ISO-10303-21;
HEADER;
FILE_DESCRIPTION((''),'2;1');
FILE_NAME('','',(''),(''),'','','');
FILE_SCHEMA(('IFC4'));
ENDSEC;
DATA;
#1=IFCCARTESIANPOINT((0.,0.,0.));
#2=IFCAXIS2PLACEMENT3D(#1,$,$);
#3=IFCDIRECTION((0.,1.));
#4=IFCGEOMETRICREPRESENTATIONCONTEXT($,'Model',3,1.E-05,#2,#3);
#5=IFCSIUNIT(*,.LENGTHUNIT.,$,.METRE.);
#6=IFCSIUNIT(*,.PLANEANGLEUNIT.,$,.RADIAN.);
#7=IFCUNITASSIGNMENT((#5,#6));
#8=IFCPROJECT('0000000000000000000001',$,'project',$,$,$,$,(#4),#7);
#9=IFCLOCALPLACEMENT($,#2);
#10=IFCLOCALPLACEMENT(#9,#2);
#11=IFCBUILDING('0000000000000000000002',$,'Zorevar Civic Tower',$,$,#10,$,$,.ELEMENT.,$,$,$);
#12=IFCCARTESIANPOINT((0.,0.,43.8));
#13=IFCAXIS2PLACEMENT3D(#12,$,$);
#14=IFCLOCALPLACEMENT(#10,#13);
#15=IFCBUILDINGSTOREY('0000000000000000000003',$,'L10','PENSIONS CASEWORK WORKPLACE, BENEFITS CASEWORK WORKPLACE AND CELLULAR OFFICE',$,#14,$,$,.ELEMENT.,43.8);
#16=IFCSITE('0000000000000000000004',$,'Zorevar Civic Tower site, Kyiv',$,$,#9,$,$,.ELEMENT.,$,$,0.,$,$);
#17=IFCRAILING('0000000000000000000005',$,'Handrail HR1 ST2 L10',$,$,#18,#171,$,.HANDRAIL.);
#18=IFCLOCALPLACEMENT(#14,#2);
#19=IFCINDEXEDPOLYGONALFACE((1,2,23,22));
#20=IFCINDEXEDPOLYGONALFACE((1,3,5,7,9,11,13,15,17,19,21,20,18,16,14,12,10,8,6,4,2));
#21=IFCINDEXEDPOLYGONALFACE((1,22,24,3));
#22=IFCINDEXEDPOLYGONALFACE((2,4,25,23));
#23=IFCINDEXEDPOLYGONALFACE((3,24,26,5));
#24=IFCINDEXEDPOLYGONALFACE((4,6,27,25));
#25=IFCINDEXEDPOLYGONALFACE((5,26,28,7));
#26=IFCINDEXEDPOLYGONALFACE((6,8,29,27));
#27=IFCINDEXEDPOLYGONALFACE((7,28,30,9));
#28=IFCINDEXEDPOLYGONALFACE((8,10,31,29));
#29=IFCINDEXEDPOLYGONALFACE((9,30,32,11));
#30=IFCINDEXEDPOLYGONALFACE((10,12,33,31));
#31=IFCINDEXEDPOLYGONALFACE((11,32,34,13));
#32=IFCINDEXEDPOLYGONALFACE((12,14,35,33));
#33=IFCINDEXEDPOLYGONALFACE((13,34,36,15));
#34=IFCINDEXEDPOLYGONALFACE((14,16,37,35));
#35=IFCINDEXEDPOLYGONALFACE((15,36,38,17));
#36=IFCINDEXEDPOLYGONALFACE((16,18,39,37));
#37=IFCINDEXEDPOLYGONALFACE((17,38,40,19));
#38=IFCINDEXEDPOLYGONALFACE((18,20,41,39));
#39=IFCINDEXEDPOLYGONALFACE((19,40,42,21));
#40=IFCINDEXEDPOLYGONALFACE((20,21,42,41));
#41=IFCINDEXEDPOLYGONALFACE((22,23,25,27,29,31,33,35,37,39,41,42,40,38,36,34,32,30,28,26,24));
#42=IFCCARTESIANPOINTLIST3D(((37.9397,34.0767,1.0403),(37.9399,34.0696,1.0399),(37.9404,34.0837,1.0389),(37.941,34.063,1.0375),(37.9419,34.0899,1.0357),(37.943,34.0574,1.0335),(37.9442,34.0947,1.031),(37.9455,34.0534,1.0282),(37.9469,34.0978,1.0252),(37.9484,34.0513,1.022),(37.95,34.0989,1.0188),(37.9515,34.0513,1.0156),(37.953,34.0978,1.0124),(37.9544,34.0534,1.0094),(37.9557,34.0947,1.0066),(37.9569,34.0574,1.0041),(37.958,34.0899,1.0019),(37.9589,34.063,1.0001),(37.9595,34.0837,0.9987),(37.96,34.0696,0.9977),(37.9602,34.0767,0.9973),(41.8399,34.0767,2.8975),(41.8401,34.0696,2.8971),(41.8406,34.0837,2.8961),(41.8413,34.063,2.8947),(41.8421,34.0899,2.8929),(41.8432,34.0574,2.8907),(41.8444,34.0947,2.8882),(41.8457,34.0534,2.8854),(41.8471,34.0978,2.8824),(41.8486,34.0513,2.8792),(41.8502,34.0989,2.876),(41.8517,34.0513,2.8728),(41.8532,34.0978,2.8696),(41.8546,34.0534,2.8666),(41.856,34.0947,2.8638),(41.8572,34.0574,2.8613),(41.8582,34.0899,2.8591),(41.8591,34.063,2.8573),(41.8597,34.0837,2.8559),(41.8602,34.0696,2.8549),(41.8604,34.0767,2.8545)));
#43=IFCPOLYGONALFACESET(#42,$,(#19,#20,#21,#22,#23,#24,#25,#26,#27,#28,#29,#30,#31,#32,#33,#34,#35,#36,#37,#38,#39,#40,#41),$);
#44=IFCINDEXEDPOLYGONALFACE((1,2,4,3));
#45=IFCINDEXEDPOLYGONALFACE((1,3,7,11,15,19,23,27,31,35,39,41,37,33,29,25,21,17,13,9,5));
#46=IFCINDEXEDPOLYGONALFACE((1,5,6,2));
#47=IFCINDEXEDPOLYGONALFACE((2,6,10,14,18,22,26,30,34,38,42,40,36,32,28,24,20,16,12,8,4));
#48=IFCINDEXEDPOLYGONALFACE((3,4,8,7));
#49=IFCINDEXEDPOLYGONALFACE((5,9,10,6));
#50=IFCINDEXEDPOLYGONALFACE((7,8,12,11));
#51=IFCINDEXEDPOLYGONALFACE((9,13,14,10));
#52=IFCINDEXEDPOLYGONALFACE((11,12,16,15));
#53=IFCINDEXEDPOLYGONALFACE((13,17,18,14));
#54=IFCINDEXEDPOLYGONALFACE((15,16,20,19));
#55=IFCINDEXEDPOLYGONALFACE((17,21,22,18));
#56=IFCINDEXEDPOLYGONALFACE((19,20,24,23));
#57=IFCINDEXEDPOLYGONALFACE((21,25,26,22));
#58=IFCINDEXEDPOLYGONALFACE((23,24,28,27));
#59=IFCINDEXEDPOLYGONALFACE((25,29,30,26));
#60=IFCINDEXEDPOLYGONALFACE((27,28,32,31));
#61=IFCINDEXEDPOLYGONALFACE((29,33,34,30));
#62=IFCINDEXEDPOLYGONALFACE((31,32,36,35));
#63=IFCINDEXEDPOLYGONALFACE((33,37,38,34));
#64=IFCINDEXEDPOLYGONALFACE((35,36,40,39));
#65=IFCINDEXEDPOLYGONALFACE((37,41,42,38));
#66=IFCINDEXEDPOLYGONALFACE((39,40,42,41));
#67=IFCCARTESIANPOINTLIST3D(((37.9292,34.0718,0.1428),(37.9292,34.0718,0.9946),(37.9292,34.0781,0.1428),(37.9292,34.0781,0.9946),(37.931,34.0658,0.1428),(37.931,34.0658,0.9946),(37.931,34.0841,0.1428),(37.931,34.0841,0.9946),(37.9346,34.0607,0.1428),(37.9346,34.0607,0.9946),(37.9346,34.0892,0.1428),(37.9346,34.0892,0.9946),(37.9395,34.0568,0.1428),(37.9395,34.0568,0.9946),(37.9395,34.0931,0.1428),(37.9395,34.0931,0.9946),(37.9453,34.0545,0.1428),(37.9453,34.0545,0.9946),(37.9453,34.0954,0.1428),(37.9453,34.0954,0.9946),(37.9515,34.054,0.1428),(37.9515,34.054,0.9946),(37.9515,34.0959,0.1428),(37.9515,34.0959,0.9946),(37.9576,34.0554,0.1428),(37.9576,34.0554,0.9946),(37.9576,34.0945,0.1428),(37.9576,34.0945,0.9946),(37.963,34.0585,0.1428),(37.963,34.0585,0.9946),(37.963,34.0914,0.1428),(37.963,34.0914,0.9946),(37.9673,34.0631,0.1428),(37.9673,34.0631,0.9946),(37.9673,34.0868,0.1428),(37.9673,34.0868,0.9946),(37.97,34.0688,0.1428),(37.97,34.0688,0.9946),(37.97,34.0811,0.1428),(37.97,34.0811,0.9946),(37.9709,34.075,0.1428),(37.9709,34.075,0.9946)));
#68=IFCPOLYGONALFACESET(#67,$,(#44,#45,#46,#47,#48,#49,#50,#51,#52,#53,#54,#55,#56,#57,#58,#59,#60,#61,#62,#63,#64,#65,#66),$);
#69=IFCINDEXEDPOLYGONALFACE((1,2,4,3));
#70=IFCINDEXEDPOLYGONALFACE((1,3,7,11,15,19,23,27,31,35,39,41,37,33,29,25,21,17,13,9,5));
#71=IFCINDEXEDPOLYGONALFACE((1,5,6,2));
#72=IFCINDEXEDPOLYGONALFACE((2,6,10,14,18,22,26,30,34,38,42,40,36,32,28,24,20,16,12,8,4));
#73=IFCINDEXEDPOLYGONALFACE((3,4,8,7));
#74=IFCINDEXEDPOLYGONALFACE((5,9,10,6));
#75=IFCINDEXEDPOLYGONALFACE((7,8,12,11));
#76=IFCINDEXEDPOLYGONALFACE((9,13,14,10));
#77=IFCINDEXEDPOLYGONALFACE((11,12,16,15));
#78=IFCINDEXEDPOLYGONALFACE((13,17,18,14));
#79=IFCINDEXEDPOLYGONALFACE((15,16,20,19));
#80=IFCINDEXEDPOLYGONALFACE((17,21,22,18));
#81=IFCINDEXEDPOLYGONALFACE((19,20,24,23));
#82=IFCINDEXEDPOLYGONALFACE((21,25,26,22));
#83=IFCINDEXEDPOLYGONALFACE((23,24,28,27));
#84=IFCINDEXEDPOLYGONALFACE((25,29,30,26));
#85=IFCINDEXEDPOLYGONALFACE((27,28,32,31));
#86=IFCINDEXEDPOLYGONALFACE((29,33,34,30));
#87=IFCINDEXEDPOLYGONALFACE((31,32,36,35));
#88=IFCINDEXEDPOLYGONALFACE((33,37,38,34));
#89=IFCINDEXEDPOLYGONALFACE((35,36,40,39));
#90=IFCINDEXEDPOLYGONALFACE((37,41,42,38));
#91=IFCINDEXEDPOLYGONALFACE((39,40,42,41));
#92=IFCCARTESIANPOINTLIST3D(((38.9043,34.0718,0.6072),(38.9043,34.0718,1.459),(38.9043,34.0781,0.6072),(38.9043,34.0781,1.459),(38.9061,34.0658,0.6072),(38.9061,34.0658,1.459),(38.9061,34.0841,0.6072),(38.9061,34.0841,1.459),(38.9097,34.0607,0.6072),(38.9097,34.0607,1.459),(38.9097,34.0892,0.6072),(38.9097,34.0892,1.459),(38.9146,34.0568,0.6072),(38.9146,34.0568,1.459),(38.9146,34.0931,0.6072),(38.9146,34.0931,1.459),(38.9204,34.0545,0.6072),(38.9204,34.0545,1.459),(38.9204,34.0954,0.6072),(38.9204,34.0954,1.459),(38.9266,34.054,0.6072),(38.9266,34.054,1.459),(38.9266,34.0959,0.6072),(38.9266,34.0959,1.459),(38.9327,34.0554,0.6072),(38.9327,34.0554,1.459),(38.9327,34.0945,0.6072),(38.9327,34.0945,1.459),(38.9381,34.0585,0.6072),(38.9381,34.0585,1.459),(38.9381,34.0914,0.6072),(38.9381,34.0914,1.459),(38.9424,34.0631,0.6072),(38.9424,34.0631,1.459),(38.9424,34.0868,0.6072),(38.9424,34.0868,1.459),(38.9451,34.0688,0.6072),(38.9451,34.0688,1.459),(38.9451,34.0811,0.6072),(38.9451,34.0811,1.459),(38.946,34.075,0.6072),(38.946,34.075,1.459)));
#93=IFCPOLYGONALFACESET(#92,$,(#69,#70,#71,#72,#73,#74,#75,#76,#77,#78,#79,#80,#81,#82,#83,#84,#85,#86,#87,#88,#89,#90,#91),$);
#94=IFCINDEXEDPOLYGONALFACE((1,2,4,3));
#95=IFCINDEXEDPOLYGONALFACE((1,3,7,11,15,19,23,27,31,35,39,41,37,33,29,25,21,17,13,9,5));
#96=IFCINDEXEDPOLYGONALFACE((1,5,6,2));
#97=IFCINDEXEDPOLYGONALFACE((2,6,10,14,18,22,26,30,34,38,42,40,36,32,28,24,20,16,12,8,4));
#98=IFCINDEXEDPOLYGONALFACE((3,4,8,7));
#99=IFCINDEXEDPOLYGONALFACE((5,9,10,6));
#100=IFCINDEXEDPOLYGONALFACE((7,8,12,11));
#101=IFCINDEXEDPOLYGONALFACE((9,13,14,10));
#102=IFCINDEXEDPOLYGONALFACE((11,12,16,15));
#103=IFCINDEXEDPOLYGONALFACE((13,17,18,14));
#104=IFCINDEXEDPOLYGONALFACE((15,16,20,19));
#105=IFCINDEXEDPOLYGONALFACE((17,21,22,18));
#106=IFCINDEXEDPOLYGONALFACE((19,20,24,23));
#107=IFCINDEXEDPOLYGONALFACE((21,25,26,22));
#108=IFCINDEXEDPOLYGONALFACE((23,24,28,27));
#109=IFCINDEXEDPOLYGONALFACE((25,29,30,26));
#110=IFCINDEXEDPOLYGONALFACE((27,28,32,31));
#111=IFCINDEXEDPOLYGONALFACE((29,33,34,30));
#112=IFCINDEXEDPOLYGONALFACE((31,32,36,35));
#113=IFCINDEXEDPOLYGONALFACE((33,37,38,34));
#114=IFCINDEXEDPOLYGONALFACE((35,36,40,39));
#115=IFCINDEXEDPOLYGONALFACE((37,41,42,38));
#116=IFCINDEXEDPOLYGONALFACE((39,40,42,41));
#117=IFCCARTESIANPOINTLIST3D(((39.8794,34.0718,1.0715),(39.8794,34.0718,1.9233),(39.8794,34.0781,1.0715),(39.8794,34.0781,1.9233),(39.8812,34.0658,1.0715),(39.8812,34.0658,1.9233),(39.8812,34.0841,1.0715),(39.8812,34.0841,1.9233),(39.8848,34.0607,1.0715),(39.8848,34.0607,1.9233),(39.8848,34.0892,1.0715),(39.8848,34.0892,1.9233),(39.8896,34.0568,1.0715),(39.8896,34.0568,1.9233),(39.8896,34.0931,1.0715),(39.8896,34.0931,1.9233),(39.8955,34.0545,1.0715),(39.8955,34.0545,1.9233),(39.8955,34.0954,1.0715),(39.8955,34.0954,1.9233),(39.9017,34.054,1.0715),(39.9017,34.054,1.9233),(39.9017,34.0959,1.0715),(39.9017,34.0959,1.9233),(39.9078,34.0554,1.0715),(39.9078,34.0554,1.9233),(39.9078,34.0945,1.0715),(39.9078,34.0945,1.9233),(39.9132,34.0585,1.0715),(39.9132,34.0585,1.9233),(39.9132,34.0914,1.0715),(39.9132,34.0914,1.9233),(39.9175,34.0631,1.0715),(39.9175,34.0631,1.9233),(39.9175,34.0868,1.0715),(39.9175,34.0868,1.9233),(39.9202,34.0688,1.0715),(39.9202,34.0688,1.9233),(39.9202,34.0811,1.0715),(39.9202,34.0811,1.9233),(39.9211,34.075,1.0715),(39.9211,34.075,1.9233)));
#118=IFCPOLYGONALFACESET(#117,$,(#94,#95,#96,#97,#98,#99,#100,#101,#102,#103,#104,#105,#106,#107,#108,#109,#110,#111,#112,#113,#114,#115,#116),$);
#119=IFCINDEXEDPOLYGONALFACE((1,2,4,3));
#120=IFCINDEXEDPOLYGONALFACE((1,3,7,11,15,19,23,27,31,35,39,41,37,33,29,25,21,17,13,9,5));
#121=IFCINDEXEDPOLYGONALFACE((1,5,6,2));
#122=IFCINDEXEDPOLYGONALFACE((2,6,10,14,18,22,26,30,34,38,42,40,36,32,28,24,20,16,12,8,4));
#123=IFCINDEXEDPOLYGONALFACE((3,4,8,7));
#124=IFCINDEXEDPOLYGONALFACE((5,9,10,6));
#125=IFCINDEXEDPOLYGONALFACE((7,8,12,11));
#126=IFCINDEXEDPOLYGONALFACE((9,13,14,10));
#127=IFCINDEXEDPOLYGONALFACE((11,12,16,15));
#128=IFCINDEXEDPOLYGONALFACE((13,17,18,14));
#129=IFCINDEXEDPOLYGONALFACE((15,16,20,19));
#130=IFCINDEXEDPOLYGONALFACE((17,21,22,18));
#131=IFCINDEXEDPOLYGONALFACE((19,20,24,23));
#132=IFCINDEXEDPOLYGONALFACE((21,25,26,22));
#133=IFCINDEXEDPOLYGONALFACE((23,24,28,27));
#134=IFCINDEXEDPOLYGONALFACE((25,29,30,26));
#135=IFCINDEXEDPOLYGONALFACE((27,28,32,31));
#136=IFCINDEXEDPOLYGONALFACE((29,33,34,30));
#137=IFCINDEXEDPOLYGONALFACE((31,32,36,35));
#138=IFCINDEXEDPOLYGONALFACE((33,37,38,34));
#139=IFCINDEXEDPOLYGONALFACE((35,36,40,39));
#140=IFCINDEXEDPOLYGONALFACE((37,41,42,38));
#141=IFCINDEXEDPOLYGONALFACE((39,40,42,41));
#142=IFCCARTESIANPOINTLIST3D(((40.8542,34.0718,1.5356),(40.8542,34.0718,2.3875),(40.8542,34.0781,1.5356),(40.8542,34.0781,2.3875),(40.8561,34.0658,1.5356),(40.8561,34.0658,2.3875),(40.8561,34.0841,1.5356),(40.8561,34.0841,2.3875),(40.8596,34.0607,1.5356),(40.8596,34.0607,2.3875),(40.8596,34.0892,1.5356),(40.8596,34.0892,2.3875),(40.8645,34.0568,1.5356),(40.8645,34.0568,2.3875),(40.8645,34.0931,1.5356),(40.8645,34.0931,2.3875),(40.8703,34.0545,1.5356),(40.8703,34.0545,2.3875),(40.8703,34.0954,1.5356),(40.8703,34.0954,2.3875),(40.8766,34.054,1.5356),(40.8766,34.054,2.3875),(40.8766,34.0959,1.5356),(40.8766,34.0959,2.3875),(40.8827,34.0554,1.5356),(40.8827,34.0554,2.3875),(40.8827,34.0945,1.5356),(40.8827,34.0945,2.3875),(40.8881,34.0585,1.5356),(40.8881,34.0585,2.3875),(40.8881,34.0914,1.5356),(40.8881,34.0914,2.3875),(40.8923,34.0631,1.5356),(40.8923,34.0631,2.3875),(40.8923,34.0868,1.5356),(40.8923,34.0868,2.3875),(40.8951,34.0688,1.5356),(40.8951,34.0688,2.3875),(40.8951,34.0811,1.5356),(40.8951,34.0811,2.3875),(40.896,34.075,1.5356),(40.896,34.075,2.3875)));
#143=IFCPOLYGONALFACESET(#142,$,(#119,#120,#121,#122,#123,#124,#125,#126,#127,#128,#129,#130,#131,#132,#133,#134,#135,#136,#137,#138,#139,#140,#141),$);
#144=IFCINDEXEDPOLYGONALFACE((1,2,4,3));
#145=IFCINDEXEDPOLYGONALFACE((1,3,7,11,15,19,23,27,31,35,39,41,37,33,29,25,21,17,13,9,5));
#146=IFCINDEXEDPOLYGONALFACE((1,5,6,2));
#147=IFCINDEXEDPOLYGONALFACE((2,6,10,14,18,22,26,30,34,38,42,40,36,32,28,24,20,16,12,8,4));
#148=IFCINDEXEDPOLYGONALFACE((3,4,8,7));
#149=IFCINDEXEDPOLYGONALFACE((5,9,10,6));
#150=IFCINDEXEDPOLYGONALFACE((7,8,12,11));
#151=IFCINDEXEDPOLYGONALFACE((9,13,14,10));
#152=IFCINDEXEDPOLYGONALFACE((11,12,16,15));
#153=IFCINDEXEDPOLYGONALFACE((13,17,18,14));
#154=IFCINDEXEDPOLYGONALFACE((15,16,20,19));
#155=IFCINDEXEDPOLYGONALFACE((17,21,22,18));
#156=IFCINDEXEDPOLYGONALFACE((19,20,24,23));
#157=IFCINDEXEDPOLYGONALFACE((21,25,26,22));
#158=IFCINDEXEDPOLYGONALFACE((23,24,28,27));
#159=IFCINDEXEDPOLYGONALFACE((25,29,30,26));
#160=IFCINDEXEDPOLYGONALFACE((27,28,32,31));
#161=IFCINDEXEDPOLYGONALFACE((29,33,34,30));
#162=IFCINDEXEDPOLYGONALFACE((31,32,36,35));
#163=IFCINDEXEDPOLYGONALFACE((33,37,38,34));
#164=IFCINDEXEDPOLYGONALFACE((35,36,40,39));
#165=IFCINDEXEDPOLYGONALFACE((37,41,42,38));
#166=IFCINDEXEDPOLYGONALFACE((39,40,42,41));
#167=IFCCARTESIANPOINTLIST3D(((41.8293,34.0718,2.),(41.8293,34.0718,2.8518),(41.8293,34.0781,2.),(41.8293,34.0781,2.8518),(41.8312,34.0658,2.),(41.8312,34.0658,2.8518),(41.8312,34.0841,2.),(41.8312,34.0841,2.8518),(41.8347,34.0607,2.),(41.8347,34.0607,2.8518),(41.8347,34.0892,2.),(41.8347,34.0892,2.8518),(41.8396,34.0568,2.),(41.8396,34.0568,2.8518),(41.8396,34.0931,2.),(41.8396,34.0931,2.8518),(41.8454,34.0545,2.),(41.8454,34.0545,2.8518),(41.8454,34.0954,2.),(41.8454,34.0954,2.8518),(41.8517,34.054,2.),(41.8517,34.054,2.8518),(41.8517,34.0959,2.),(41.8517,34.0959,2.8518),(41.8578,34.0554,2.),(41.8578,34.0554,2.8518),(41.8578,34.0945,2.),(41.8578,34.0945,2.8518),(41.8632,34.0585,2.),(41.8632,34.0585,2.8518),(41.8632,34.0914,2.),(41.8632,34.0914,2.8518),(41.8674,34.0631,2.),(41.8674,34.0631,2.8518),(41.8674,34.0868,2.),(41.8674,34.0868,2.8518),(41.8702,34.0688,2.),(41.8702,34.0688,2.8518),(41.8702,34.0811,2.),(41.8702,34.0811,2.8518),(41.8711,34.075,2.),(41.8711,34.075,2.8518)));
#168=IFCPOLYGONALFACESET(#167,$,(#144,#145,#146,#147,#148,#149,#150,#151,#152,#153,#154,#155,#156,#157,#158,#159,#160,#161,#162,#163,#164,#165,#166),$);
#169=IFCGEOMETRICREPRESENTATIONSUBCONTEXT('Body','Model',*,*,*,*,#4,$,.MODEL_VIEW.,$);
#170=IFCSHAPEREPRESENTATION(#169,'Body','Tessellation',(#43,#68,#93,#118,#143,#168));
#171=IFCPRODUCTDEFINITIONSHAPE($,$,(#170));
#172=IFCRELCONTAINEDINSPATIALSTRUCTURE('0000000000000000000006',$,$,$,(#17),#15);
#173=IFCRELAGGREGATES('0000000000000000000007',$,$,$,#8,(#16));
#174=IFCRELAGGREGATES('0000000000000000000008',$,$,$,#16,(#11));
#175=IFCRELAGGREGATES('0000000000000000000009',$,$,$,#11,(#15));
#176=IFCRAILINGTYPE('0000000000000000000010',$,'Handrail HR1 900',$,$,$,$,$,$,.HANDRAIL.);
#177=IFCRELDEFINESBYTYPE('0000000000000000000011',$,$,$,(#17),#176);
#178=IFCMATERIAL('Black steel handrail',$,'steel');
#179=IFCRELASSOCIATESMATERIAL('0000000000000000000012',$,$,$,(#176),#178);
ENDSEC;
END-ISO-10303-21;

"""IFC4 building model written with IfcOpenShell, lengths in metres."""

from ifc_helpers import new_model, si_unit, direction, frame, origin, origin_2d, place, context, subcontext, project, spatial, circle, extrude, material, type_object, element, save


model = new_model("IFC4")

# Units and contexts
model_context = context("Model", 3, precision=1e-05, world=origin(), true_north=direction((0.0, 1.0)))
body_context = subcontext(model_context, "Body", "Model", "MODEL_VIEW")
ifc_project = project(units=[si_unit("LENGTHUNIT", "METRE"), si_unit("PLANEANGLEUNIT", "RADIAN")], contexts=[model_context])

# Site, building, storey
site_placement = place(None, origin())
site = spatial("IfcSite", under=ifc_project, at=site_placement, Name="Zorevar Civic Tower site, Kyiv", CompositionType="ELEMENT", RefElevation=0.0)
building_placement = place(site_placement, origin())
building = spatial("IfcBuilding", under=site, at=building_placement, Name="Zorevar Civic Tower", CompositionType="ELEMENT")
storey_placement = place(building_placement, frame((0.0, 0.0, 43.8)))
storey = spatial("IfcBuildingStorey", under=building, at=storey_placement, Name="L10", Description="PENSIONS CASEWORK WORKPLACE, BENEFITS CASEWORK WORKPLACE AND CELLULAR OFFICE", CompositionType="ELEMENT", Elevation=43.8)

# Railing
ifc_material_1 = material(Name="Black steel handrail", Category="steel")
railing_type = type_object("IfcRailingType", Name="Handrail HR1 900", PredefinedType="HANDRAIL", material=ifc_material_1)
railing_1_placement = place(storey_placement, frame((37.95, 34.075, 0.1428)))
element("IfcRailing", 1, at=railing_1_placement, inside=storey, type_object=railing_type, Name="Handrail HR1 ST2 L10", PredefinedType="HANDRAIL", context=body_context, shape_type="SweptSolid", body=[
    extrude(circle(Radius=0.0239, at=origin_2d()), frame((0.0, 0.0, 0.876), z_axis=(0.902864, 0.0, 0.429927), x_axis=(0.0, 1.0, 0.0)), (0.0, 0.0, 1.0), 4.3198),
    extrude(circle(Radius=0.021, at=origin_2d()), origin(), (0.0, 0.0, 1.0), 0.8518),
    extrude(circle(Radius=0.021, at=origin_2d()), frame((0.9751, 0.0, 0.4644)), (0.0, 0.0, 1.0), 0.8518),
    extrude(circle(Radius=0.021, at=origin_2d()), frame((1.9502, 0.0, 0.9287)), (0.0, 0.0, 1.0), 0.8518),
    extrude(circle(Radius=0.021, at=origin_2d()), frame((2.925, 0.0, 1.3928)), (0.0, 0.0, 1.0), 0.8518),
    extrude(circle(Radius=0.021, at=origin_2d()), frame((3.9001, 0.0, 1.8572)), (0.0, 0.0, 1.0), 0.8518),
])

save(model, "model.ifc")
